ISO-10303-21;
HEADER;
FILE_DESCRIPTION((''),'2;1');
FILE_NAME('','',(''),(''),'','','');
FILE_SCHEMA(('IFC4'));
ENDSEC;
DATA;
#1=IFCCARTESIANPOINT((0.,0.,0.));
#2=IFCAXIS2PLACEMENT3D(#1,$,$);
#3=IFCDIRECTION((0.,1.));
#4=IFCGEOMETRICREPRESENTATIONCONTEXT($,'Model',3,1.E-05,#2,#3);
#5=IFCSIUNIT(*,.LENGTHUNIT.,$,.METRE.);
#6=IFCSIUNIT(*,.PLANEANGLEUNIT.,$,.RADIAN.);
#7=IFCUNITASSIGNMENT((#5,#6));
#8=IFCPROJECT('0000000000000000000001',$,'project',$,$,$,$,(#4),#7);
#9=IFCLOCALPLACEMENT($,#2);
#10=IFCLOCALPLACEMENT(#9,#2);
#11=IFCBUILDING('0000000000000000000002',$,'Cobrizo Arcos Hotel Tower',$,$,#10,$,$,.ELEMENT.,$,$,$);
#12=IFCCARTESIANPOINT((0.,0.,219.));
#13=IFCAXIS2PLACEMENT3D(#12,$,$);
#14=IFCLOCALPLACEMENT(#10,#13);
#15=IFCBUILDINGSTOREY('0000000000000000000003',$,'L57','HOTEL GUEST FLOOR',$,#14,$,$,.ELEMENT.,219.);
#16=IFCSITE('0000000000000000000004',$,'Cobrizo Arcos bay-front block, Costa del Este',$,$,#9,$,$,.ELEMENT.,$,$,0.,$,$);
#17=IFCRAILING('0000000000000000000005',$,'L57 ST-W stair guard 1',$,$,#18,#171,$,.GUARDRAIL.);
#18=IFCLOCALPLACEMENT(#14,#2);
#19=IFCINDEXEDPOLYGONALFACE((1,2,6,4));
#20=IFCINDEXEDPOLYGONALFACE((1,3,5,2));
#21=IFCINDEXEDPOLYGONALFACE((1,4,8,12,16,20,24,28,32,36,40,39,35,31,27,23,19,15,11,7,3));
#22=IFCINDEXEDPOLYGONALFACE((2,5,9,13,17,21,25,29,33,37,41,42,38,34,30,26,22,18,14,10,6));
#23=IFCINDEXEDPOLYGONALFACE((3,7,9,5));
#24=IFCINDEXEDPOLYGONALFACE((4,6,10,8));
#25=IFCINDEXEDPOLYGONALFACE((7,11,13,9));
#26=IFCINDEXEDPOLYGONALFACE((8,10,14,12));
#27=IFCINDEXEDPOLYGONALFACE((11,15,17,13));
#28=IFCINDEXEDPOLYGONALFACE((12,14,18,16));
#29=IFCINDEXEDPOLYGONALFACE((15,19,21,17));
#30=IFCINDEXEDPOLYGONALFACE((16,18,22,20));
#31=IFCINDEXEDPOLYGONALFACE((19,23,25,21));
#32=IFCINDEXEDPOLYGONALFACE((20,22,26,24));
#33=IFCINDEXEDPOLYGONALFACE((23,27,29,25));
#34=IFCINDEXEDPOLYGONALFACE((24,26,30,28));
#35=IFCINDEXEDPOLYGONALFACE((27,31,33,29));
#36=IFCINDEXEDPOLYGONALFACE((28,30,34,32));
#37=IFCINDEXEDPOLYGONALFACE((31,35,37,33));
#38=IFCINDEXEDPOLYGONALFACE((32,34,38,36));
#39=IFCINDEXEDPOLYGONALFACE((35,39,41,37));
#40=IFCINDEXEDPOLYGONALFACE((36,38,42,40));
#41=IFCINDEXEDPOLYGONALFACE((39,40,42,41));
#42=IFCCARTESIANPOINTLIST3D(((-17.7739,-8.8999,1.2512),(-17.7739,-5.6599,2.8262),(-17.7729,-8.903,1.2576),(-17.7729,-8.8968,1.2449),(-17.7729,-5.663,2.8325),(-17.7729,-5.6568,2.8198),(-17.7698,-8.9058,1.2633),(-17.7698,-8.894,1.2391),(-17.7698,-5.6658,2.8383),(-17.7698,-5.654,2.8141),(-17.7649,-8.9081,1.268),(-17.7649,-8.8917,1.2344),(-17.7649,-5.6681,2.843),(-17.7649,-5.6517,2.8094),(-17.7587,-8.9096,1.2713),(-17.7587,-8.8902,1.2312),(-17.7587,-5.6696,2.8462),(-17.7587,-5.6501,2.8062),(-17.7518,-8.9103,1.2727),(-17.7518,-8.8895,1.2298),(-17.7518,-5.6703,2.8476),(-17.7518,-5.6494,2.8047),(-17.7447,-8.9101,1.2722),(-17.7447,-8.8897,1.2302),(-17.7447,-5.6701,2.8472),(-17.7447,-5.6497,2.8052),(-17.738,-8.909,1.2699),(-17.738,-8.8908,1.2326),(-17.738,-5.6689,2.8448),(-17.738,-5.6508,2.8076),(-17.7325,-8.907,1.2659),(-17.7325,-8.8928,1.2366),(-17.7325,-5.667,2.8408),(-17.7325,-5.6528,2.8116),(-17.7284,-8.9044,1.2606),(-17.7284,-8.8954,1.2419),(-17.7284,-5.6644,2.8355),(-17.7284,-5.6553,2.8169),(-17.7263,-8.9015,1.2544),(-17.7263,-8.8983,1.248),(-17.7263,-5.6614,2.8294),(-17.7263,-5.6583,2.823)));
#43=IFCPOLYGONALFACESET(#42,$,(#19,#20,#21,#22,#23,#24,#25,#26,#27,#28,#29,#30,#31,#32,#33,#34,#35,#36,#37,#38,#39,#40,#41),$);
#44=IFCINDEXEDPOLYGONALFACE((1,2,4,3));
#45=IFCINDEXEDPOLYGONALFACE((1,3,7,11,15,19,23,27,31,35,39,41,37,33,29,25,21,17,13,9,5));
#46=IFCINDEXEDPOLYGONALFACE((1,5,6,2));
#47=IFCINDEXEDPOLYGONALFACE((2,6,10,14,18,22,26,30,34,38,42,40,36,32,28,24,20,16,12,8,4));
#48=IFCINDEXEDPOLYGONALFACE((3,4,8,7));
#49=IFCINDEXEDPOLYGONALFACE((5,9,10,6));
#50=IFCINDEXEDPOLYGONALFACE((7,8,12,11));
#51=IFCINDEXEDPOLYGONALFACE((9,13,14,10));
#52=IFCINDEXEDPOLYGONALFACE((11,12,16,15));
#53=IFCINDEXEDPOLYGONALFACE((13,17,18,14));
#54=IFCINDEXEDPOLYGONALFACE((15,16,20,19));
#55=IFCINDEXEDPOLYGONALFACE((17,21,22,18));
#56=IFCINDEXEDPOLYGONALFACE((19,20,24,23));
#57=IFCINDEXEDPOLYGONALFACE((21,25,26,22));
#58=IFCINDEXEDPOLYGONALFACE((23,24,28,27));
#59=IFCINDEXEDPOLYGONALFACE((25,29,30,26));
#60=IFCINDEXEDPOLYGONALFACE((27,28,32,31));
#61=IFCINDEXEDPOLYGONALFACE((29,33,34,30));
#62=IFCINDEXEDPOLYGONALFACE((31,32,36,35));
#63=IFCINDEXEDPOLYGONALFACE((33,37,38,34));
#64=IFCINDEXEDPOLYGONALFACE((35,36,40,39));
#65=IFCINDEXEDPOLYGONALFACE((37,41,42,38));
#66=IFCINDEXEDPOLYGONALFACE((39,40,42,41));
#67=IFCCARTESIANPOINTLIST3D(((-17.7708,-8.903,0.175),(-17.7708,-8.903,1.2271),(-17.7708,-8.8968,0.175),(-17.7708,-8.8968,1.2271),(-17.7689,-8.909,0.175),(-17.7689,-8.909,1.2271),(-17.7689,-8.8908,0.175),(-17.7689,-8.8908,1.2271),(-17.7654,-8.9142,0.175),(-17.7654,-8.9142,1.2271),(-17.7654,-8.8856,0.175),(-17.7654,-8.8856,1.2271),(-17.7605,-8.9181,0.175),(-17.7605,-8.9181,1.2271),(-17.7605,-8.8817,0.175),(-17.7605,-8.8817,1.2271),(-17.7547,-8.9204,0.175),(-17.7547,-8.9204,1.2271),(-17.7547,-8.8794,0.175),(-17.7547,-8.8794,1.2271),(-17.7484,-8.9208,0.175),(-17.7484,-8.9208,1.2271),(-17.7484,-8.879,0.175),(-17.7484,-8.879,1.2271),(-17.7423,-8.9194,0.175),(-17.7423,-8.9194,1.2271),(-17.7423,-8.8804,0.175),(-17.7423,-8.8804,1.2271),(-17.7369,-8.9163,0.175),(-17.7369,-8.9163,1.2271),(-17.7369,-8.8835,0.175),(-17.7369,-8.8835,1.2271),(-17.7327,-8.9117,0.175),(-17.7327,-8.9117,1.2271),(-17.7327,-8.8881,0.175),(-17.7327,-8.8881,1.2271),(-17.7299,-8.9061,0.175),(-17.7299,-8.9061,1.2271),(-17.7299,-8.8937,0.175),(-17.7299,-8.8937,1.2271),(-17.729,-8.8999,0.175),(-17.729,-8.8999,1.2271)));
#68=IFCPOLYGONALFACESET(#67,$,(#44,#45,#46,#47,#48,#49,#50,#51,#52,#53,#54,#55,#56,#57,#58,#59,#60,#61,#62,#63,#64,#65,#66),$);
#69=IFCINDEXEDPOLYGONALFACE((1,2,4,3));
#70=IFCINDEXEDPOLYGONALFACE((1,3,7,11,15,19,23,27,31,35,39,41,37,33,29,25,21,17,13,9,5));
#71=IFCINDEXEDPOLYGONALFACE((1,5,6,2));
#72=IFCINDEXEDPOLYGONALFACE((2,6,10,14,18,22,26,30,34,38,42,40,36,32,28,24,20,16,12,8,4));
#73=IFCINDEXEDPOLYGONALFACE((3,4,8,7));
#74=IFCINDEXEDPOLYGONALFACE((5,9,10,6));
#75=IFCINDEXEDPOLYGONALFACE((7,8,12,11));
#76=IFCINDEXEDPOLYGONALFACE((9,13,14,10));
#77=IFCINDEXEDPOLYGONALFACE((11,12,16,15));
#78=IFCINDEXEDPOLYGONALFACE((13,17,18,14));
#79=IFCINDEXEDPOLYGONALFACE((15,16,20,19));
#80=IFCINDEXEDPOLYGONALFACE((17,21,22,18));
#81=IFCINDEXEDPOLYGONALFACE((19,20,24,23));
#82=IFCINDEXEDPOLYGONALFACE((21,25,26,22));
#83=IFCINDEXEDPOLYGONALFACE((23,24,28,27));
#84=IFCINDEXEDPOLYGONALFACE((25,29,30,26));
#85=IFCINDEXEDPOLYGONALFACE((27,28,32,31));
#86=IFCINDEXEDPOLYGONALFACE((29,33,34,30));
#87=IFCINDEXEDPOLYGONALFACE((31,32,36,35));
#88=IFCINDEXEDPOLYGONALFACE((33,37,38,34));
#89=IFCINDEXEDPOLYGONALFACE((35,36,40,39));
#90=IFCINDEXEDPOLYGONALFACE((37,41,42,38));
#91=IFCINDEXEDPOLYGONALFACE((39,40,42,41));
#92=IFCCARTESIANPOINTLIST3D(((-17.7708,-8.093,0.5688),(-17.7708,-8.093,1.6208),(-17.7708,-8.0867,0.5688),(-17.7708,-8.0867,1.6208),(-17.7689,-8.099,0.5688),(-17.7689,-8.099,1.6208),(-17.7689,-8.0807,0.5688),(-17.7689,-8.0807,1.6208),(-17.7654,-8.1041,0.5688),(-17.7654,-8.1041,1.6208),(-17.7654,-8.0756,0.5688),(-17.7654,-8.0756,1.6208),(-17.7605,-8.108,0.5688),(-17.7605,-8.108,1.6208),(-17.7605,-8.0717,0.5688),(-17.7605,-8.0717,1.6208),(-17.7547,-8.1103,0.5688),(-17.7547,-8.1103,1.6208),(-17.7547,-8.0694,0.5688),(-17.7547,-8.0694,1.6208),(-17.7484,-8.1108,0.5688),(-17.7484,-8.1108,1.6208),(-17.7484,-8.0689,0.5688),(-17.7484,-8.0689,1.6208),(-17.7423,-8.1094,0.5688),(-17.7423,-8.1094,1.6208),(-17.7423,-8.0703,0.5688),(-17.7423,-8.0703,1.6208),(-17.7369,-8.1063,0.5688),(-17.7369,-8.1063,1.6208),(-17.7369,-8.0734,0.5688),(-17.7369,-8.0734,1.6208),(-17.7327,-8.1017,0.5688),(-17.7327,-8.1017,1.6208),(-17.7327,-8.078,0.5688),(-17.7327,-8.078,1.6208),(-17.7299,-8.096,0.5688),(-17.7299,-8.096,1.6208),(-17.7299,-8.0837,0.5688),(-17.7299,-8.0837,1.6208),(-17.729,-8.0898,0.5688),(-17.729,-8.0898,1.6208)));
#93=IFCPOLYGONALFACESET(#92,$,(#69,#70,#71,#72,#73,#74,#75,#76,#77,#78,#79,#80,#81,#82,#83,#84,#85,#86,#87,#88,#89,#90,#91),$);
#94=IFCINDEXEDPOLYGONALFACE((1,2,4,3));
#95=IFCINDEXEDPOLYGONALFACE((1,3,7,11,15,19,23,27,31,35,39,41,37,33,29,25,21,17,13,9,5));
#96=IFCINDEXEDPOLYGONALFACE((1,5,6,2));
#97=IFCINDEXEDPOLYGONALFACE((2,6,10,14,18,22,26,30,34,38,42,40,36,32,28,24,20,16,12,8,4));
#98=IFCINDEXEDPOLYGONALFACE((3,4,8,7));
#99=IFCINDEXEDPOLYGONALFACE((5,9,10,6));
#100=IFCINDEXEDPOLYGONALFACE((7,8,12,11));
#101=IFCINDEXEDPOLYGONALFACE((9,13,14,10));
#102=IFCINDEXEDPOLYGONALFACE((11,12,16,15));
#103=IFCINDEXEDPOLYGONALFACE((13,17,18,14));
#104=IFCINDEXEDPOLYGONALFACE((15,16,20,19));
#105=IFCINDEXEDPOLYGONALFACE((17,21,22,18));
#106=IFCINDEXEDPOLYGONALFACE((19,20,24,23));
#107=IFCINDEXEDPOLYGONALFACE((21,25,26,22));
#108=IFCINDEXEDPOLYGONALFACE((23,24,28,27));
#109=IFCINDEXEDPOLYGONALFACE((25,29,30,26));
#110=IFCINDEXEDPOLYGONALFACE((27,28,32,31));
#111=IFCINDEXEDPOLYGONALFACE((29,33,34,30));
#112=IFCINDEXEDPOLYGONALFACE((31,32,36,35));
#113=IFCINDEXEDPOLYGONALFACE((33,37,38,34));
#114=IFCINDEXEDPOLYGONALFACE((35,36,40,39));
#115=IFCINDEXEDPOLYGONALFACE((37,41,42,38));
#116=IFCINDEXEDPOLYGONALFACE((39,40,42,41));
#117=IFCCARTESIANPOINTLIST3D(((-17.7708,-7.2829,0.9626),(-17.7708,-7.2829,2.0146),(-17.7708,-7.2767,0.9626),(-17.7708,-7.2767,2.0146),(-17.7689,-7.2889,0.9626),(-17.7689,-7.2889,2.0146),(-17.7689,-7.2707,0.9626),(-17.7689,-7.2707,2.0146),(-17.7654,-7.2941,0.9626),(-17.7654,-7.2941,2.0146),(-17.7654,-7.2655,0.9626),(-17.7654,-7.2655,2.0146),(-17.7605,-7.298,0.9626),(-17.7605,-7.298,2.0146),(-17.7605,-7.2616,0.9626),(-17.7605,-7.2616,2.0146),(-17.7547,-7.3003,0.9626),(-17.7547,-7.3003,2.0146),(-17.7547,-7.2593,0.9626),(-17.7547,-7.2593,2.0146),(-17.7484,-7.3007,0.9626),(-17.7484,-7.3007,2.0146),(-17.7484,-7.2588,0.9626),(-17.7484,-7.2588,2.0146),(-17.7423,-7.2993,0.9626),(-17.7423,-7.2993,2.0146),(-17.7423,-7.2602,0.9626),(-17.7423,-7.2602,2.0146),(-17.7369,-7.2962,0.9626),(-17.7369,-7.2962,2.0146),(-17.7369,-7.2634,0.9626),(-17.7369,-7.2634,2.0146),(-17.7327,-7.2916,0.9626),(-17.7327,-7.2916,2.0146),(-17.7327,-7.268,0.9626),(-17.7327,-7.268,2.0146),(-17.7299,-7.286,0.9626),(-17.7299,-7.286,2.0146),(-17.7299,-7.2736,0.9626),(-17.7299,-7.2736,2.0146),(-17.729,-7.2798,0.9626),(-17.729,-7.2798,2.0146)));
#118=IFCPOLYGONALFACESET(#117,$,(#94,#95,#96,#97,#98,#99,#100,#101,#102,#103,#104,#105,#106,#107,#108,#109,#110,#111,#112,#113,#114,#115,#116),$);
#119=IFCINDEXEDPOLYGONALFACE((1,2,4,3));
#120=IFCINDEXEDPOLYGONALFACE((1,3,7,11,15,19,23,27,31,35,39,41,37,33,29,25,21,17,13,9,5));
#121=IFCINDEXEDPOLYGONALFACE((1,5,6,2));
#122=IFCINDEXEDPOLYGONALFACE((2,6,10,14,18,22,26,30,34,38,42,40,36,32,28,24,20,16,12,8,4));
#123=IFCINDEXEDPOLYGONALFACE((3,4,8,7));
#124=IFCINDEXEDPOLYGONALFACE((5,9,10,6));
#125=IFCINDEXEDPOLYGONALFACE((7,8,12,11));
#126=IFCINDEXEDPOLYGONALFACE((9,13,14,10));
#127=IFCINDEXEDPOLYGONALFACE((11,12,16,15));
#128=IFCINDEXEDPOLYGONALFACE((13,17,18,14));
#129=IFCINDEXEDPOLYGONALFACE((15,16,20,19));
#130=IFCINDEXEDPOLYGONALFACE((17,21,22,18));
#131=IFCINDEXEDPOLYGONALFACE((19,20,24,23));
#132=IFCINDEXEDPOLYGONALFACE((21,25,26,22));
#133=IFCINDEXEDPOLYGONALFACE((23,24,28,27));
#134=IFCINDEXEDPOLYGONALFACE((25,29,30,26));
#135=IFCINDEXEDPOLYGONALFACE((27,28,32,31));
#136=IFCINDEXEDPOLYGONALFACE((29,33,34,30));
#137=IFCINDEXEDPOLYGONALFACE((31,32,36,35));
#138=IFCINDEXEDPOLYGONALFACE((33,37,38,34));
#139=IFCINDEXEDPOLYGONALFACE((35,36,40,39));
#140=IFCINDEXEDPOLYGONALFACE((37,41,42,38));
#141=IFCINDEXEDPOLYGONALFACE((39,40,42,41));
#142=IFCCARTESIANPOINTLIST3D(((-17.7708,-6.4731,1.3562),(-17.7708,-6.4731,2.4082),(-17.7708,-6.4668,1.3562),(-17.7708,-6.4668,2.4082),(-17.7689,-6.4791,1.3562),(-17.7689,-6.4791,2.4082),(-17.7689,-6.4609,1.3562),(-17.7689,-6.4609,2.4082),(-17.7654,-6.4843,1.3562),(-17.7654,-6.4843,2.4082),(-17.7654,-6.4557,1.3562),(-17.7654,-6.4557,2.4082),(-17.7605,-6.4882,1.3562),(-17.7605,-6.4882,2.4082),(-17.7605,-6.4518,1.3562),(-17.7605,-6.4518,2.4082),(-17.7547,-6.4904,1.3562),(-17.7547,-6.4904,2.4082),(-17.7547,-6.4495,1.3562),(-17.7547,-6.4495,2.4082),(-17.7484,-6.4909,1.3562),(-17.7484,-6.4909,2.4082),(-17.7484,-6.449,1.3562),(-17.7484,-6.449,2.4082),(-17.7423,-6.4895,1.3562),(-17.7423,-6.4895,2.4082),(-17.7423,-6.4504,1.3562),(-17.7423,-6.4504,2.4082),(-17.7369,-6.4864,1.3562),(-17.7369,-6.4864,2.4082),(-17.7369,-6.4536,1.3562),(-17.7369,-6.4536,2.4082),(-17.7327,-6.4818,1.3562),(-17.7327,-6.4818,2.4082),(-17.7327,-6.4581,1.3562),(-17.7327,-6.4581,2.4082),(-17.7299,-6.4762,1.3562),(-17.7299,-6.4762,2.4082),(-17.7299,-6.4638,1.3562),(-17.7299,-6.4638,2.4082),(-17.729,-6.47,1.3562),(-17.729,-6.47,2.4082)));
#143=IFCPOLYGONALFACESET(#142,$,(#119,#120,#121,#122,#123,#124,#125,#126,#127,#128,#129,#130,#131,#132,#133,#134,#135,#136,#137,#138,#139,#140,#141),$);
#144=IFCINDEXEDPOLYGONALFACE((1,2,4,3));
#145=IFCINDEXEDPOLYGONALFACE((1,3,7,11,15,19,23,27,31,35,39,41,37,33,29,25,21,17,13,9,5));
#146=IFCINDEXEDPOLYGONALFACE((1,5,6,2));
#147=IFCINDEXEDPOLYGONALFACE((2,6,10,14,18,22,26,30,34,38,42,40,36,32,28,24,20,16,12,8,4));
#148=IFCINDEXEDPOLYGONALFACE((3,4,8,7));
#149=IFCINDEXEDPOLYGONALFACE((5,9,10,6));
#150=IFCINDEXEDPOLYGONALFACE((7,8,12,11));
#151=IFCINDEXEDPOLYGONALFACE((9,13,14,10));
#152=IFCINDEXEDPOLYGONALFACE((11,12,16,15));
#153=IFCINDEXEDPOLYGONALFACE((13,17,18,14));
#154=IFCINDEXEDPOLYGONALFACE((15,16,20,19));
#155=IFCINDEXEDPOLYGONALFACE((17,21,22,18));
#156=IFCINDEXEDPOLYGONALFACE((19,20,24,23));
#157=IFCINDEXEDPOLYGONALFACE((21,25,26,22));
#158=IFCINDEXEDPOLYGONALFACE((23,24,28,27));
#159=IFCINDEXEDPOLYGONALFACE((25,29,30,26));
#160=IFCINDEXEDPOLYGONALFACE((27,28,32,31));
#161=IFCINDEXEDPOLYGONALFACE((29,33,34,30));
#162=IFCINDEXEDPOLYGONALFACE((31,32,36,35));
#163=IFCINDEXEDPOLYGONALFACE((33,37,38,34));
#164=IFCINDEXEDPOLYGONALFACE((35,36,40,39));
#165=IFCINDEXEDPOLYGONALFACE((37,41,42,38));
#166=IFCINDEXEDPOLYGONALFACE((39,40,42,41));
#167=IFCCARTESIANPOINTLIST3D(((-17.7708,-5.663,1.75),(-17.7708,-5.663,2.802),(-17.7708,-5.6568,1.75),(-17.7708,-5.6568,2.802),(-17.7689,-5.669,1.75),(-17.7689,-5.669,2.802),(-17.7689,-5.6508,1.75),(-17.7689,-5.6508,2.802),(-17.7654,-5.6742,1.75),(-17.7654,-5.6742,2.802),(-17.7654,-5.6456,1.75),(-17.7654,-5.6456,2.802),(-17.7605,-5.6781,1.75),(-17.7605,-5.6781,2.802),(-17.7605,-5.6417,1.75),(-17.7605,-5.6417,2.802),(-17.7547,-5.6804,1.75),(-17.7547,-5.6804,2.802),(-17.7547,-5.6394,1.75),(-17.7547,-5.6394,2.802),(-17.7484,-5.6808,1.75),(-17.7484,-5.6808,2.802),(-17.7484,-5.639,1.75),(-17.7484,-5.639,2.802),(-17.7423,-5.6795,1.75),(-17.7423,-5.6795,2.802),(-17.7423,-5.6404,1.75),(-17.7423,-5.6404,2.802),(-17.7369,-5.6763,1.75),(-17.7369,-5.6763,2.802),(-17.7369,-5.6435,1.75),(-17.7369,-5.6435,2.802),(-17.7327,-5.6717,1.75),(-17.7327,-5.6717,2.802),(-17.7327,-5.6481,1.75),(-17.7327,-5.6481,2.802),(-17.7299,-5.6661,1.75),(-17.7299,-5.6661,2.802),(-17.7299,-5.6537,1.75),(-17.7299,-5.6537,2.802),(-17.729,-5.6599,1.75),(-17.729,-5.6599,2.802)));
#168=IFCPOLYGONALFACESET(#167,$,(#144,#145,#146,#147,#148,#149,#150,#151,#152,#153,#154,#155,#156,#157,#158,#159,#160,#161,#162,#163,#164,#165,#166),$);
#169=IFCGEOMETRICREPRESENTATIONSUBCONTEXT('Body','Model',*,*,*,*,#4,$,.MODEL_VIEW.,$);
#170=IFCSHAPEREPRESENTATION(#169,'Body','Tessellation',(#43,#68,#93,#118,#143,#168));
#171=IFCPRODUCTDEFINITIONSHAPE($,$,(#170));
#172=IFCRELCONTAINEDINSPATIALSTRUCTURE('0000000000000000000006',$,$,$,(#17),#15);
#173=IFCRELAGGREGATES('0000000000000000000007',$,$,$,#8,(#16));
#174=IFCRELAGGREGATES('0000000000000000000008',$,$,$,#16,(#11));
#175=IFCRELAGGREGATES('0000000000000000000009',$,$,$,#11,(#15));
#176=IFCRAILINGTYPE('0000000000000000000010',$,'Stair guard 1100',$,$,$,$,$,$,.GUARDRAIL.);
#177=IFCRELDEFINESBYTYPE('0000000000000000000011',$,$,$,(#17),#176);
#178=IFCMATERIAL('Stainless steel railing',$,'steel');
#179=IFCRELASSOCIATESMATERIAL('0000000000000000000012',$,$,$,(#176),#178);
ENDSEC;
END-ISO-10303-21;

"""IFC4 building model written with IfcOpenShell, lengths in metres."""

from ifc_helpers import new_model, si_unit, direction, frame, origin, origin_2d, place, context, subcontext, project, spatial, circle, extrude, material, type_object, element, save


model = new_model("IFC4")

# Units and contexts
model_context = context("Model", 3, precision=1e-05, world=origin(), true_north=direction((0.0, 1.0)))
body_context = subcontext(model_context, "Body", "Model", "MODEL_VIEW")
ifc_project = project(units=[si_unit("LENGTHUNIT", "METRE"), si_unit("PLANEANGLEUNIT", "RADIAN")], contexts=[model_context])

# Site, building, storey
site_placement = place(None, origin())
site = spatial("IfcSite", under=ifc_project, at=site_placement, Name="Cobrizo Arcos bay-front block, Costa del Este", CompositionType="ELEMENT", RefElevation=0.0)
building_placement = place(site_placement, origin())
building = spatial("IfcBuilding", under=site, at=building_placement, Name="Cobrizo Arcos Hotel Tower", CompositionType="ELEMENT")
storey_placement = place(building_placement, frame((0.0, 0.0, 219.0)))
storey = spatial("IfcBuildingStorey", under=building, at=storey_placement, Name="L57", Description="HOTEL GUEST FLOOR", CompositionType="ELEMENT", Elevation=219.0)

# Railing
ifc_material_1 = material(Name="Stainless steel railing", Category="steel")
railing_type_1 = type_object("IfcRailingType", Name="Stair guard 1100", PredefinedType="GUARDRAIL", material=ifc_material_1)
railing_1_placement = place(storey_placement, frame((-17.75, -8.8999, 0.175)))
element("IfcRailing", 1, at=railing_1_placement, inside=storey, type_object=railing_type_1, Name="L57 ST-W stair guard 1", PredefinedType="GUARDRAIL", context=body_context, shape_type="SweptSolid", body=[
    extrude(circle(Radius=0.0239, at=origin_2d()), frame((0.0, 0.0, 1.0762), z_axis=(0.0, 0.899373, 0.437183), x_axis=(-1.0, 0.0, 0.0)), (0.0, 0.0, 1.0), 3.6025),
    extrude(circle(Radius=0.021, at=origin_2d()), origin(), (0.0, 0.0, 1.0), 1.052),
    extrude(circle(Radius=0.021, at=origin_2d()), frame((0.0, 0.8101, 0.3938)), (0.0, 0.0, 1.0), 1.052),
    extrude(circle(Radius=0.021, at=origin_2d()), frame((0.0, 1.6201, 0.7876)), (0.0, 0.0, 1.0), 1.052),
    extrude(circle(Radius=0.021, at=origin_2d()), frame((0.0, 2.4299, 1.1812)), (0.0, 0.0, 1.0), 1.052),
    extrude(circle(Radius=0.021, at=origin_2d()), frame((0.0, 3.24, 1.575)), (0.0, 0.0, 1.0), 1.052),
])

save(model, "model.ifc")
